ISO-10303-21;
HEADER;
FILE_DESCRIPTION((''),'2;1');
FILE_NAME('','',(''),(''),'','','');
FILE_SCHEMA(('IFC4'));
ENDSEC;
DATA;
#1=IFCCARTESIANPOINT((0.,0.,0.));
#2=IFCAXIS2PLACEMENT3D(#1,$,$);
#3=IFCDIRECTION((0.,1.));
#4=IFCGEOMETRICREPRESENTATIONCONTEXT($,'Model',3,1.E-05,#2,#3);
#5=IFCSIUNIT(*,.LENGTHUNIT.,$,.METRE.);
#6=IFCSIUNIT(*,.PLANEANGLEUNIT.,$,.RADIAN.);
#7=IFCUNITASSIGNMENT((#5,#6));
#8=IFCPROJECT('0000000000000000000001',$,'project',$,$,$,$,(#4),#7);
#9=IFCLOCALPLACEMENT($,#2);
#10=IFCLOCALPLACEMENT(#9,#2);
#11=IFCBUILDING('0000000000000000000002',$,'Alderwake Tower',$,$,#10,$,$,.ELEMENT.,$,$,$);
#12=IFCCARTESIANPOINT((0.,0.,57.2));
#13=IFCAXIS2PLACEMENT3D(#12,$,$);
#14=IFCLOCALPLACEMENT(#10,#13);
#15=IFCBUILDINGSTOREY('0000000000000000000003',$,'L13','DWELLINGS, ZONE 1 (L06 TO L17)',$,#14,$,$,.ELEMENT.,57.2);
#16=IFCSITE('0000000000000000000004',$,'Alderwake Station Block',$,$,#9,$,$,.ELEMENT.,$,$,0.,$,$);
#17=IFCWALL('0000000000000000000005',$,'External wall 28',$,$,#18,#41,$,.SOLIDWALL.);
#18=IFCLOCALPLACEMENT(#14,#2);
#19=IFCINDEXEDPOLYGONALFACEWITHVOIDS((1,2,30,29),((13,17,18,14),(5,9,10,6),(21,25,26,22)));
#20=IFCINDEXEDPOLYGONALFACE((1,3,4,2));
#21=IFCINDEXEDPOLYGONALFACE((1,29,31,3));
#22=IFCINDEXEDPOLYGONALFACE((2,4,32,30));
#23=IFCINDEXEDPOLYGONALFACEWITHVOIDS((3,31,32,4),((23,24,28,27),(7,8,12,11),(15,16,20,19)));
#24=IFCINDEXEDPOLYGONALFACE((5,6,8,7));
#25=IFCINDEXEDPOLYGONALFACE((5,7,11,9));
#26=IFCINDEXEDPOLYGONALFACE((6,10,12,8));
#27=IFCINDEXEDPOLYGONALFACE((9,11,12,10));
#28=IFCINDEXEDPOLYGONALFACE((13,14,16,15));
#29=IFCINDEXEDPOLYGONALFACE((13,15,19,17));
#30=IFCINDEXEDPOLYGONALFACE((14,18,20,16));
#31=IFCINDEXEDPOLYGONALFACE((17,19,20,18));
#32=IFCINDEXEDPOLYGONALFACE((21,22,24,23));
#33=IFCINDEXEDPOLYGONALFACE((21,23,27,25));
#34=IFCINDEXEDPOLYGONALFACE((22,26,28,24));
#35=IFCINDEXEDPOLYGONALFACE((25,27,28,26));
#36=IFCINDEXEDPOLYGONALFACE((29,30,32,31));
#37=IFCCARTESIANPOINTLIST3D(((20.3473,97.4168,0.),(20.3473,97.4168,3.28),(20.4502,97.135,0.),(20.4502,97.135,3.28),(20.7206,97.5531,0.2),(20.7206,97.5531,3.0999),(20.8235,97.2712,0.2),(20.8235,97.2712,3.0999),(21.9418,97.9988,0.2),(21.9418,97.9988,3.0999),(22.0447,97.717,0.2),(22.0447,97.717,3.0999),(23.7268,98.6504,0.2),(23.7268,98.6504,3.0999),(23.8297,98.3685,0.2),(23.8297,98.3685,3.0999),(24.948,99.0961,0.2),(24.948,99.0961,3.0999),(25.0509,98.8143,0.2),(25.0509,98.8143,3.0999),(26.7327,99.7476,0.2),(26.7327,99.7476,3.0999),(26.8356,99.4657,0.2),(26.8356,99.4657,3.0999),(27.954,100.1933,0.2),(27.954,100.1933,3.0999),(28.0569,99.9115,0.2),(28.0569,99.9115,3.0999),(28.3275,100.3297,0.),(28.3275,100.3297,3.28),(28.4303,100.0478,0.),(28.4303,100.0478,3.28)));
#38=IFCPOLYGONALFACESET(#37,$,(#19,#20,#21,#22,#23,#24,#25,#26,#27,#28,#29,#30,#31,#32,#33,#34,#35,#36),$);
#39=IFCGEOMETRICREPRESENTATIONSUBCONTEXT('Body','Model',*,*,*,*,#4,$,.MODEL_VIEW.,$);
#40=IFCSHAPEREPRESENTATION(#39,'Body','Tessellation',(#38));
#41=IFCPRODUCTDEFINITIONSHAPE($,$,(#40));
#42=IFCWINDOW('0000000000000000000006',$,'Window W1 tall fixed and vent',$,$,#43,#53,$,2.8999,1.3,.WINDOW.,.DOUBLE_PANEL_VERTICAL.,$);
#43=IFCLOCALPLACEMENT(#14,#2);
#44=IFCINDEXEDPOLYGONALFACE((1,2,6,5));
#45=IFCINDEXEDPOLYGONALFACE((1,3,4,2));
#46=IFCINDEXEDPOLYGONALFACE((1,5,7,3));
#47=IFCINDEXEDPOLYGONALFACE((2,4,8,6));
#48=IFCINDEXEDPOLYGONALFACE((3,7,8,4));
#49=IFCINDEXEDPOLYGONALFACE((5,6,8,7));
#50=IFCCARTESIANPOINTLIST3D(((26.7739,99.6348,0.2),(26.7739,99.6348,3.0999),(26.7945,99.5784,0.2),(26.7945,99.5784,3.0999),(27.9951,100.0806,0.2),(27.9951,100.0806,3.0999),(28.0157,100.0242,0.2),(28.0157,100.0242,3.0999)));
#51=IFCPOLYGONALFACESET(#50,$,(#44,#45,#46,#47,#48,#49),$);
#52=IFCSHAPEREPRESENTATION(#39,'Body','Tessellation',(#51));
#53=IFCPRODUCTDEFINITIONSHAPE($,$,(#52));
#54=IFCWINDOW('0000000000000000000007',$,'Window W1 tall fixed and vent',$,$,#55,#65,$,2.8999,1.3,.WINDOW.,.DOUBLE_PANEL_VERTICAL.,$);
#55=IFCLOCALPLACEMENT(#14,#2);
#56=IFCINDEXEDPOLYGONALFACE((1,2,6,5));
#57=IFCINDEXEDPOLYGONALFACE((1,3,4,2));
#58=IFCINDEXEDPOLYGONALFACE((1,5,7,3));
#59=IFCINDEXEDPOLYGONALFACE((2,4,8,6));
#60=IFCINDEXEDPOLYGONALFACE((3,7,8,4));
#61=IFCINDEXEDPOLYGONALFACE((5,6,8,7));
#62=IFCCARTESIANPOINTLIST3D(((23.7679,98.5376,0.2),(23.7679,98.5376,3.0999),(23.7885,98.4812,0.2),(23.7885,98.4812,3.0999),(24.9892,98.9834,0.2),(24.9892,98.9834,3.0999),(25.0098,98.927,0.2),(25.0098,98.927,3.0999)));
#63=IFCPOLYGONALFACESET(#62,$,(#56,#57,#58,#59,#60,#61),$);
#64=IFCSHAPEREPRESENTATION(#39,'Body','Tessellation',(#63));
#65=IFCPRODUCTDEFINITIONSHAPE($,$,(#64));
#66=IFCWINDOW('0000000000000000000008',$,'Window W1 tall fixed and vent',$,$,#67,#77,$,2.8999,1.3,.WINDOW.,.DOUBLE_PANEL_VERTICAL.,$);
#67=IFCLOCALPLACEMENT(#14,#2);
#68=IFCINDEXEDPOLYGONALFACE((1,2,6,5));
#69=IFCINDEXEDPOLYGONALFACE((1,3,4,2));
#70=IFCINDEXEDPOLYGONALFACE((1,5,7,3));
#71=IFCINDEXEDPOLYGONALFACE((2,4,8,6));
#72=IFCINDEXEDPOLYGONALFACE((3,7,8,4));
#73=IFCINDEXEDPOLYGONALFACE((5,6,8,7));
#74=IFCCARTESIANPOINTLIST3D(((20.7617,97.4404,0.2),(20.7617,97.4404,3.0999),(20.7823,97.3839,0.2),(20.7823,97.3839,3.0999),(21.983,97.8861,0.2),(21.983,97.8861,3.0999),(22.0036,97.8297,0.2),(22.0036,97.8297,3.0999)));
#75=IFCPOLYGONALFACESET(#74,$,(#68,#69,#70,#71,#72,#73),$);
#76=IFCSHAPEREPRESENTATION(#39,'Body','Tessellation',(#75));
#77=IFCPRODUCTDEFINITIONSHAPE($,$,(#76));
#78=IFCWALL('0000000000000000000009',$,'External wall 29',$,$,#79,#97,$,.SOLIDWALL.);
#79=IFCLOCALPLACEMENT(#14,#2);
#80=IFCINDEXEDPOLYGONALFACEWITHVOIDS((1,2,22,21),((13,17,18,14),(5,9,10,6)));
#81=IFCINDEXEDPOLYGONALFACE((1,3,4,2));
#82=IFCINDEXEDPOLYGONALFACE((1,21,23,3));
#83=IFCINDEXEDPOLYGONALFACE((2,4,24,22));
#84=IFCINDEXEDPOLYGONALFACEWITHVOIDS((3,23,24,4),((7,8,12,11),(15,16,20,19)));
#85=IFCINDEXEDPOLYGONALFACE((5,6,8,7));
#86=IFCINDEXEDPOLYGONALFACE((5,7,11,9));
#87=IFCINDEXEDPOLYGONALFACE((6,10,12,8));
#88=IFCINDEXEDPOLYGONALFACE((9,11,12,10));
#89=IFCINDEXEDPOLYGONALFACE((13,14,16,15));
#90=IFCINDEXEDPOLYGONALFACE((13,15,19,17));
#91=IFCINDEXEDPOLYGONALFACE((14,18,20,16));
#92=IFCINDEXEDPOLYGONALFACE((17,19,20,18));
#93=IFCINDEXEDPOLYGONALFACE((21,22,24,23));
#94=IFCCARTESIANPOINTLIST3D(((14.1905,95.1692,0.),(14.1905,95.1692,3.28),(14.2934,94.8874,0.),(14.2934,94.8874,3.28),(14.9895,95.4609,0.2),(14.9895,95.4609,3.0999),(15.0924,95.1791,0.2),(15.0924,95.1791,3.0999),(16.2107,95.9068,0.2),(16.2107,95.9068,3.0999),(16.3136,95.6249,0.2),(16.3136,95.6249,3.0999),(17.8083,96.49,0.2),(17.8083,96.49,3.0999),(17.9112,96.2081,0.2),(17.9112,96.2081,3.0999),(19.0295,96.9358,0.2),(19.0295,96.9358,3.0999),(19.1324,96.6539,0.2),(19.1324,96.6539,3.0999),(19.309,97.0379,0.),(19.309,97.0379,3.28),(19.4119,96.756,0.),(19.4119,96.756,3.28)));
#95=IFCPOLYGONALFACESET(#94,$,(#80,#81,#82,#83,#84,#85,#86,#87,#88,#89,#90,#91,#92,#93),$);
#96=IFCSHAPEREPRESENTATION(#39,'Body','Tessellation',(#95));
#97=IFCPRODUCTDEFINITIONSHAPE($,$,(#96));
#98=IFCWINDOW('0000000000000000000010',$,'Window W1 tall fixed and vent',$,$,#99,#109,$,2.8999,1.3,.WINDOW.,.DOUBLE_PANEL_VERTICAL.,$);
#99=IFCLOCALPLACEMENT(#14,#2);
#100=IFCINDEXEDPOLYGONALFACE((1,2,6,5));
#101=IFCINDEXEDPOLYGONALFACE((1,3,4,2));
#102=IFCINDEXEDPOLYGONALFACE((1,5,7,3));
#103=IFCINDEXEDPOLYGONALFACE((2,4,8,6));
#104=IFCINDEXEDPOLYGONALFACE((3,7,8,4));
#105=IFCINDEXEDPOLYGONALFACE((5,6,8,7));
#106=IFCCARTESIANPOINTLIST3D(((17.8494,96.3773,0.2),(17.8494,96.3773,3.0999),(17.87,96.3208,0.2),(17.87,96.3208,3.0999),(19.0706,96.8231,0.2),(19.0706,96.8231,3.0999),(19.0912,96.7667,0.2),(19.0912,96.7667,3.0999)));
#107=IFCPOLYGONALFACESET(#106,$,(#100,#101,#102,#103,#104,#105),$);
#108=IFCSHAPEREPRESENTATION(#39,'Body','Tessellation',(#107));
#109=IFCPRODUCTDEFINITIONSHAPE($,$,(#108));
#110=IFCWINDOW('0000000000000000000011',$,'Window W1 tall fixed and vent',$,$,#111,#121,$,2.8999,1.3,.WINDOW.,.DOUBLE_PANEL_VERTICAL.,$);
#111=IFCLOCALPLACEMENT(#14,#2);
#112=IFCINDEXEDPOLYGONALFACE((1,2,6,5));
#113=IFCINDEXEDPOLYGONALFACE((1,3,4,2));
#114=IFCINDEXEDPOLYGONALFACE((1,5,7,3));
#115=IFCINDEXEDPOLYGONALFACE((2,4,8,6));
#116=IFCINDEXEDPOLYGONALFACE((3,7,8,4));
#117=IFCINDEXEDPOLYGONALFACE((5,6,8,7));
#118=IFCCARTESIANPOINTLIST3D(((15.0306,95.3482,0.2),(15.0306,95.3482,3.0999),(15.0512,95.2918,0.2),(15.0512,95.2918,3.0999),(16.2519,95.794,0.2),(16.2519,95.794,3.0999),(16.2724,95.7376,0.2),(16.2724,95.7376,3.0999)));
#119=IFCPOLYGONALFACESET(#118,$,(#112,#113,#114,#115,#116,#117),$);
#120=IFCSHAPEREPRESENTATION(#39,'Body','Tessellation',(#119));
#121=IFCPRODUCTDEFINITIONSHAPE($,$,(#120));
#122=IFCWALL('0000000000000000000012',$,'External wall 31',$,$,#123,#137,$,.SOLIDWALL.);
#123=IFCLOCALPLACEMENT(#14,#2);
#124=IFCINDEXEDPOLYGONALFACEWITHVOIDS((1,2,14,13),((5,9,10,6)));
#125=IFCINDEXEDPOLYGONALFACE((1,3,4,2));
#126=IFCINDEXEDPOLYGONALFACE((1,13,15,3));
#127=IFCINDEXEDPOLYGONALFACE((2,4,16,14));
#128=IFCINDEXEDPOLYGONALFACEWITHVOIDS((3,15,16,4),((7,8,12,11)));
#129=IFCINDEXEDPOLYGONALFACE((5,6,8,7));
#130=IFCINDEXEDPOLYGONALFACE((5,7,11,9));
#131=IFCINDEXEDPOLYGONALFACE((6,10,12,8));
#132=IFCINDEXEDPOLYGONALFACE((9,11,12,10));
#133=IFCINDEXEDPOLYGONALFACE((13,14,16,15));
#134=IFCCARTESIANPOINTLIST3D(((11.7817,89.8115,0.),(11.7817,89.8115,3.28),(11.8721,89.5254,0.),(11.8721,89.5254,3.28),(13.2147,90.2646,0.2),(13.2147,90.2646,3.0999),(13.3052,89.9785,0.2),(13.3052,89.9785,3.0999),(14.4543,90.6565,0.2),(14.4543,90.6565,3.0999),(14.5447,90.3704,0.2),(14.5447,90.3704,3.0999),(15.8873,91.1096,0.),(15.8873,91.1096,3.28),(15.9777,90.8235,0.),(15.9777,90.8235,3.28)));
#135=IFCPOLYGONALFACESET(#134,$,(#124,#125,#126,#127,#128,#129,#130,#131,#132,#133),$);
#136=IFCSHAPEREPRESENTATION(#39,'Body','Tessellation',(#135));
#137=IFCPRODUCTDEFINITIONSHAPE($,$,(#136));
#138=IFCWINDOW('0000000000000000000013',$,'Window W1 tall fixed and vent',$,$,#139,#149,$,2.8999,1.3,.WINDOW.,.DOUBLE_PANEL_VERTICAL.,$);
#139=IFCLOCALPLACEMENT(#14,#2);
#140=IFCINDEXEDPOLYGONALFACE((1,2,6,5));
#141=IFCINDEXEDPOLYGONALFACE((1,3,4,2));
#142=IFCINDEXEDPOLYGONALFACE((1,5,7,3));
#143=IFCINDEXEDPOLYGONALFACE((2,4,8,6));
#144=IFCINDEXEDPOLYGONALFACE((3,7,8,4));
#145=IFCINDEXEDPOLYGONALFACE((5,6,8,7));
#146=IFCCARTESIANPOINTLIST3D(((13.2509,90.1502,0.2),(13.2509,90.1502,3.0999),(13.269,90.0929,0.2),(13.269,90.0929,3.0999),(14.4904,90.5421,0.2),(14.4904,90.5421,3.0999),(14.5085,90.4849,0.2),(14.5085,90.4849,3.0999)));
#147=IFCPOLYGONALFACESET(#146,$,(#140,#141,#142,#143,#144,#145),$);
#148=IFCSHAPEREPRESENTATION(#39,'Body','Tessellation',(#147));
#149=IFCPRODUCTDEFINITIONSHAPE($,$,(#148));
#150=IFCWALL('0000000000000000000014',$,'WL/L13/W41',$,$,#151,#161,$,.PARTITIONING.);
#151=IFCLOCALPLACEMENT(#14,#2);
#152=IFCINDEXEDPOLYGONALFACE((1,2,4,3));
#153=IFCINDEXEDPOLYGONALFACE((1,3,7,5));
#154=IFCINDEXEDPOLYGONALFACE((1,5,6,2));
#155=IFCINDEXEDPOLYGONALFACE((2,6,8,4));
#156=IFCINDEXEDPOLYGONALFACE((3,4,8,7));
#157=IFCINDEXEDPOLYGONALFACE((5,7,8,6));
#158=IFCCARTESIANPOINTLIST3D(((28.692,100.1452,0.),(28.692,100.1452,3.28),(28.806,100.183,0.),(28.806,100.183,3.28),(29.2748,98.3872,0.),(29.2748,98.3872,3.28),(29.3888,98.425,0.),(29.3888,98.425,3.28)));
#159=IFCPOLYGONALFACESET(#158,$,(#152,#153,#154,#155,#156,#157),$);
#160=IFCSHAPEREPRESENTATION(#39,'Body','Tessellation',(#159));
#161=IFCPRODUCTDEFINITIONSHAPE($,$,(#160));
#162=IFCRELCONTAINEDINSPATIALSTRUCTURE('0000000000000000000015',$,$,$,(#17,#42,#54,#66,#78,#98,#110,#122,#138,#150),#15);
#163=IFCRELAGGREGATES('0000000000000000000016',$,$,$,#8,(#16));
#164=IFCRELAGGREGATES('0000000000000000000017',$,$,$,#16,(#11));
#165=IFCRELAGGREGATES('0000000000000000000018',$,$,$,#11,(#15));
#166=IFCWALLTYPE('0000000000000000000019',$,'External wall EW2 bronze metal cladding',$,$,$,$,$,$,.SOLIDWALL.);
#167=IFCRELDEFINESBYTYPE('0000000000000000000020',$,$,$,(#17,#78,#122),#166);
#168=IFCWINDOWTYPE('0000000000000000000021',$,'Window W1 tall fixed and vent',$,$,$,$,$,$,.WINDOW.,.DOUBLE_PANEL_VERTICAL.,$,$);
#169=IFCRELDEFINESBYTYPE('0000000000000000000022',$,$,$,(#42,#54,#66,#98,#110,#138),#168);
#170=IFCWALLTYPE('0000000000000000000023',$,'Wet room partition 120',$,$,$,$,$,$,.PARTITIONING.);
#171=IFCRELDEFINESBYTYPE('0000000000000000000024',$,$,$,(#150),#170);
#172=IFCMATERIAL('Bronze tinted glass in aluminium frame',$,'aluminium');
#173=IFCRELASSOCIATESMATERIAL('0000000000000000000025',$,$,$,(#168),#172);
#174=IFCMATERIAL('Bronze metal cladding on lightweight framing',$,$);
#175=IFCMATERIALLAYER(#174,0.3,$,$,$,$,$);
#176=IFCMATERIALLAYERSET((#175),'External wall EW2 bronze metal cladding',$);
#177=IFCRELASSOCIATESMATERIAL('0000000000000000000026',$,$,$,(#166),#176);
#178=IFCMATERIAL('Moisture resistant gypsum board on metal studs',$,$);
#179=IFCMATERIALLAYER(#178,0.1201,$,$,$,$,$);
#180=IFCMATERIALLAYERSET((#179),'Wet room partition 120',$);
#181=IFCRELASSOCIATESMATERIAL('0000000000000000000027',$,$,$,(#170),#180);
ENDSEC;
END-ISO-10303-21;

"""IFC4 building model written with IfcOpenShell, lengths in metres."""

from ifc_helpers import new_model, si_unit, direction, frame, frame_2d, origin, place, context, subcontext, project, spatial, rectangle, extrude, material, layer, layer_set, type_object, element, fill, save


model = new_model("IFC4")

# Units and contexts
model_context = context("Model", 3, precision=1e-05, world=origin(), true_north=direction((0.0, 1.0)))
body_context = subcontext(model_context, "Body", "Model", "MODEL_VIEW")
ifc_project = project(units=[si_unit("LENGTHUNIT", "METRE"), si_unit("PLANEANGLEUNIT", "RADIAN")], contexts=[model_context])

# Site, building, storey
site_placement = place(None, origin())
site = spatial("IfcSite", under=ifc_project, at=site_placement, Name="Alderwake Station Block", CompositionType="ELEMENT", RefElevation=0.0)
building_placement = place(site_placement, origin())
building = spatial("IfcBuilding", under=site, at=building_placement, Name="Alderwake Tower", CompositionType="ELEMENT")
storey_placement = place(building_placement, frame((0.0, 0.0, 57.2)))
storey = spatial("IfcBuildingStorey", under=building, at=storey_placement, Name="L13", Description="DWELLINGS, ZONE 1 (L06 TO L17)", CompositionType="ELEMENT", Elevation=57.2)

# Shared definitions
ifc_material_1 = material(Name="Bronze tinted glass in aluminium frame", Category="aluminium")
window_type = type_object("IfcWindowType", Name="Window W1 tall fixed and vent", PartitioningType="DOUBLE_PANEL_VERTICAL", PredefinedType="WINDOW", material=ifc_material_1)

# Walls, openings, windows
ifc_material_2 = material(Name="Bronze metal cladding on lightweight framing")
ifc_layer_1 = layer(ifc_material_2, 0.3)
ifc_layer_set_1 = layer_set([ifc_layer_1], Name="External wall EW2 bronze metal cladding")
wall_type_1 = type_object("IfcWallType", Name="External wall EW2 bronze metal cladding", PredefinedType="SOLIDWALL", material=ifc_layer_set_1)
wall_1_placement = place(storey_placement, frame((28.3789, 100.1887, 0.0), z_axis=(0.0, 0.0, 1.0), x_axis=(-0.939379, -0.34288, 0.0)))
wall_1 = element("IfcWall", 1, at=wall_1_placement, inside=storey, type_object=wall_type_1, Name="External wall 28", PredefinedType="SOLIDWALL", context=body_context, shape_type="SweptSolid", body=[
    extrude(rectangle(XDim=8.4951, YDim=0.3, at=frame_2d((4.2476, 0.0))), origin(), (0.0, 0.0, 1.0), 3.28),
])
opening_1_placement = place(wall_1_placement, frame((0.3977, 0.0, 0.2)))
opening_1 = element("IfcOpeningElement", 2, at=opening_1_placement, cuts=wall_1, PredefinedType="OPENING", context=body_context, shape_type="SweptSolid", body=[
    extrude(rectangle(XDim=1.3, YDim=2.8999, at=frame_2d((0.6499, 1.45))), frame((0.0, 0.1599, 0.0), z_axis=(0.0, -1.0, 0.0), x_axis=(1.0, 0.0, 0.0)), (0.0, 0.0, 1.0), 0.3201),
])
opening_2_placement = place(wall_1_placement, frame((3.5977, 0.0, 0.2)))
opening_2 = element("IfcOpeningElement", 3, at=opening_2_placement, cuts=wall_1, PredefinedType="OPENING", context=body_context, shape_type="SweptSolid", body=[
    extrude(rectangle(XDim=1.3, YDim=2.8999, at=frame_2d((0.6499, 1.45))), frame((0.0, 0.1599, 0.0), z_axis=(0.0, -1.0, 0.0), x_axis=(1.0, 0.0, 0.0)), (0.0, 0.0, 1.0), 0.3201),
])
opening_3_placement = place(wall_1_placement, frame((6.7979, 0.0, 0.2)))
opening_3 = element("IfcOpeningElement", 4, at=opening_3_placement, cuts=wall_1, PredefinedType="OPENING", context=body_context, shape_type="SweptSolid", body=[
    extrude(rectangle(XDim=1.3, YDim=2.8999, at=frame_2d((0.6499, 1.45))), frame((0.0, 0.1599, 0.0), z_axis=(0.0, -1.0, 0.0), x_axis=(1.0, 0.0, 0.0)), (0.0, 0.0, 1.0), 0.3201),
])
window_1_placement = place(opening_1_placement, origin())
window_1 = element("IfcWindow", 5, at=window_1_placement, inside=storey, type_object=window_type, Name="Window W1 tall fixed and vent", OverallHeight=2.8999, OverallWidth=1.3, PartitioningType="DOUBLE_PANEL_VERTICAL", PredefinedType="WINDOW", context=body_context, shape_type="SweptSolid", body=[
    extrude(rectangle(XDim=1.3, YDim=2.8999, at=frame_2d((0.6499, 1.45))), frame((0.0, 0.03, 0.0), z_axis=(0.0, -1.0, 0.0), x_axis=(1.0, 0.0, 0.0)), (0.0, 0.0, 1.0), 0.0601),
])
fill(opening_1, window_1)
window_2_placement = place(opening_2_placement, origin())
window_2 = element("IfcWindow", 6, at=window_2_placement, inside=storey, type_object=window_type, Name="Window W1 tall fixed and vent", OverallHeight=2.8999, OverallWidth=1.3, PartitioningType="DOUBLE_PANEL_VERTICAL", PredefinedType="WINDOW", context=body_context, shape_type="SweptSolid", body=[
    extrude(rectangle(XDim=1.3, YDim=2.8999, at=frame_2d((0.6499, 1.45))), frame((0.0, 0.03, 0.0), z_axis=(0.0, -1.0, 0.0), x_axis=(1.0, 0.0, 0.0)), (0.0, 0.0, 1.0), 0.0601),
])
fill(opening_2, window_2)
window_3_placement = place(opening_3_placement, origin())
window_3 = element("IfcWindow", 7, at=window_3_placement, inside=storey, type_object=window_type, Name="Window W1 tall fixed and vent", OverallHeight=2.8999, OverallWidth=1.3, PartitioningType="DOUBLE_PANEL_VERTICAL", PredefinedType="WINDOW", context=body_context, shape_type="SweptSolid", body=[
    extrude(rectangle(XDim=1.3, YDim=2.8999, at=frame_2d((0.6499, 1.45))), frame((0.0, 0.03, 0.0), z_axis=(0.0, -1.0, 0.0), x_axis=(1.0, 0.0, 0.0)), (0.0, 0.0, 1.0), 0.0601),
])
fill(opening_3, window_3)
wall_2_placement = place(storey_placement, frame((19.3606, 96.897, 0.0), z_axis=(0.0, 0.0, 1.0), x_axis=(-0.939361, -0.34293, 0.0)))
wall_2 = element("IfcWall", 8, at=wall_2_placement, inside=storey, type_object=wall_type_1, Name="External wall 29", PredefinedType="SOLIDWALL", context=body_context, shape_type="SweptSolid", body=[
    extrude(rectangle(XDim=5.449, YDim=0.3, at=frame_2d((2.7246, 0.0))), origin(), (0.0, 0.0, 1.0), 3.28),
])
opening_4_placement = place(wall_2_placement, frame((0.2979, 0.0, 0.2)))
opening_4 = element("IfcOpeningElement", 9, at=opening_4_placement, cuts=wall_2, PredefinedType="OPENING", context=body_context, shape_type="SweptSolid", body=[
    extrude(rectangle(XDim=1.3, YDim=2.8999, at=frame_2d((0.6499, 1.45))), frame((0.0, 0.1599, 0.0), z_axis=(0.0, -1.0, 0.0), x_axis=(1.0, 0.0, 0.0)), (0.0, 0.0, 1.0), 0.3201),
])
opening_5_placement = place(wall_2_placement, frame((3.2986, 0.0, 0.2)))
opening_5 = element("IfcOpeningElement", 10, at=opening_5_placement, cuts=wall_2, PredefinedType="OPENING", context=body_context, shape_type="SweptSolid", body=[
    extrude(rectangle(XDim=1.3, YDim=2.8999, at=frame_2d((0.6499, 1.45))), frame((0.0, 0.1599, 0.0), z_axis=(0.0, -1.0, 0.0), x_axis=(1.0, 0.0, 0.0)), (0.0, 0.0, 1.0), 0.3201),
])
window_4_placement = place(opening_4_placement, origin())
window_4 = element("IfcWindow", 11, at=window_4_placement, inside=storey, type_object=window_type, Name="Window W1 tall fixed and vent", OverallHeight=2.8999, OverallWidth=1.3, PartitioningType="DOUBLE_PANEL_VERTICAL", PredefinedType="WINDOW", context=body_context, shape_type="SweptSolid", body=[
    extrude(rectangle(XDim=1.3, YDim=2.8999, at=frame_2d((0.6499, 1.45))), frame((0.0, 0.03, 0.0), z_axis=(0.0, -1.0, 0.0), x_axis=(1.0, 0.0, 0.0)), (0.0, 0.0, 1.0), 0.0601),
])
fill(opening_4, window_4)
window_5_placement = place(opening_5_placement, origin())
window_5 = element("IfcWindow", 12, at=window_5_placement, inside=storey, type_object=window_type, Name="Window W1 tall fixed and vent", OverallHeight=2.8999, OverallWidth=1.3, PartitioningType="DOUBLE_PANEL_VERTICAL", PredefinedType="WINDOW", context=body_context, shape_type="SweptSolid", body=[
    extrude(rectangle(XDim=1.3, YDim=2.8999, at=frame_2d((0.6499, 1.45))), frame((0.0, 0.03, 0.0), z_axis=(0.0, -1.0, 0.0), x_axis=(1.0, 0.0, 0.0)), (0.0, 0.0, 1.0), 0.0601),
])
fill(opening_5, window_5)

# Wall, opening, window
wall_3_placement = place(storey_placement, frame((15.9324, 90.9666, 0.0), z_axis=(0.0, 0.0, 1.0), x_axis=(-0.953474, -0.301476, 0.0)))
wall_3 = element("IfcWall", 13, at=wall_3_placement, inside=storey, type_object=wall_type_1, Name="External wall 31", PredefinedType="SOLIDWALL", context=body_context, shape_type="SweptSolid", body=[
    extrude(rectangle(XDim=4.3059, YDim=0.3, at=frame_2d((2.1528, 0.0))), origin(), (0.0, 0.0, 1.0), 3.28),
])
opening_6_placement = place(wall_3_placement, frame((1.5029, 0.0, 0.2)))
opening_6 = element("IfcOpeningElement", 14, at=opening_6_placement, cuts=wall_3, PredefinedType="OPENING", context=body_context, shape_type="SweptSolid", body=[
    extrude(rectangle(XDim=1.3, YDim=2.8999, at=frame_2d((0.6499, 1.45))), frame((0.0, 0.1599, 0.0), z_axis=(0.0, -1.0, 0.0), x_axis=(1.0, 0.0, 0.0)), (0.0, 0.0, 1.0), 0.3201),
])
window_6_placement = place(opening_6_placement, origin())
window_6 = element("IfcWindow", 15, at=window_6_placement, inside=storey, type_object=window_type, Name="Window W1 tall fixed and vent", OverallHeight=2.8999, OverallWidth=1.3, PartitioningType="DOUBLE_PANEL_VERTICAL", PredefinedType="WINDOW", context=body_context, shape_type="SweptSolid", body=[
    extrude(rectangle(XDim=1.3, YDim=2.8999, at=frame_2d((0.6499, 1.45))), frame((0.0, 0.03, 0.0), z_axis=(0.0, -1.0, 0.0), x_axis=(1.0, 0.0, 0.0)), (0.0, 0.0, 1.0), 0.0601),
])
fill(opening_6, window_6)

# Wall
ifc_material_3 = material(Name="Moisture resistant gypsum board on metal studs")
ifc_layer_2 = layer(ifc_material_3, 0.1201)
ifc_layer_set_2 = layer_set([ifc_layer_2], Name="Wet room partition 120")
wall_type_2 = type_object("IfcWallType", Name="Wet room partition 120", PredefinedType="PARTITIONING", material=ifc_layer_set_2)
wall_4_placement = place(storey_placement, frame((28.749, 100.1641, 0.0), z_axis=(0.0, 0.0, 1.0), x_axis=(0.314646, -0.949209, 0.0)))
element("IfcWall", 16, at=wall_4_placement, inside=storey, type_object=wall_type_2, Name="WL/L13/W41", PredefinedType="PARTITIONING", context=body_context, shape_type="SweptSolid", body=[
    extrude(rectangle(XDim=1.8521, YDim=0.1201, at=frame_2d((0.926, 0.0))), origin(), (0.0, 0.0, 1.0), 3.28),
])

save(model, "model.ifc")
